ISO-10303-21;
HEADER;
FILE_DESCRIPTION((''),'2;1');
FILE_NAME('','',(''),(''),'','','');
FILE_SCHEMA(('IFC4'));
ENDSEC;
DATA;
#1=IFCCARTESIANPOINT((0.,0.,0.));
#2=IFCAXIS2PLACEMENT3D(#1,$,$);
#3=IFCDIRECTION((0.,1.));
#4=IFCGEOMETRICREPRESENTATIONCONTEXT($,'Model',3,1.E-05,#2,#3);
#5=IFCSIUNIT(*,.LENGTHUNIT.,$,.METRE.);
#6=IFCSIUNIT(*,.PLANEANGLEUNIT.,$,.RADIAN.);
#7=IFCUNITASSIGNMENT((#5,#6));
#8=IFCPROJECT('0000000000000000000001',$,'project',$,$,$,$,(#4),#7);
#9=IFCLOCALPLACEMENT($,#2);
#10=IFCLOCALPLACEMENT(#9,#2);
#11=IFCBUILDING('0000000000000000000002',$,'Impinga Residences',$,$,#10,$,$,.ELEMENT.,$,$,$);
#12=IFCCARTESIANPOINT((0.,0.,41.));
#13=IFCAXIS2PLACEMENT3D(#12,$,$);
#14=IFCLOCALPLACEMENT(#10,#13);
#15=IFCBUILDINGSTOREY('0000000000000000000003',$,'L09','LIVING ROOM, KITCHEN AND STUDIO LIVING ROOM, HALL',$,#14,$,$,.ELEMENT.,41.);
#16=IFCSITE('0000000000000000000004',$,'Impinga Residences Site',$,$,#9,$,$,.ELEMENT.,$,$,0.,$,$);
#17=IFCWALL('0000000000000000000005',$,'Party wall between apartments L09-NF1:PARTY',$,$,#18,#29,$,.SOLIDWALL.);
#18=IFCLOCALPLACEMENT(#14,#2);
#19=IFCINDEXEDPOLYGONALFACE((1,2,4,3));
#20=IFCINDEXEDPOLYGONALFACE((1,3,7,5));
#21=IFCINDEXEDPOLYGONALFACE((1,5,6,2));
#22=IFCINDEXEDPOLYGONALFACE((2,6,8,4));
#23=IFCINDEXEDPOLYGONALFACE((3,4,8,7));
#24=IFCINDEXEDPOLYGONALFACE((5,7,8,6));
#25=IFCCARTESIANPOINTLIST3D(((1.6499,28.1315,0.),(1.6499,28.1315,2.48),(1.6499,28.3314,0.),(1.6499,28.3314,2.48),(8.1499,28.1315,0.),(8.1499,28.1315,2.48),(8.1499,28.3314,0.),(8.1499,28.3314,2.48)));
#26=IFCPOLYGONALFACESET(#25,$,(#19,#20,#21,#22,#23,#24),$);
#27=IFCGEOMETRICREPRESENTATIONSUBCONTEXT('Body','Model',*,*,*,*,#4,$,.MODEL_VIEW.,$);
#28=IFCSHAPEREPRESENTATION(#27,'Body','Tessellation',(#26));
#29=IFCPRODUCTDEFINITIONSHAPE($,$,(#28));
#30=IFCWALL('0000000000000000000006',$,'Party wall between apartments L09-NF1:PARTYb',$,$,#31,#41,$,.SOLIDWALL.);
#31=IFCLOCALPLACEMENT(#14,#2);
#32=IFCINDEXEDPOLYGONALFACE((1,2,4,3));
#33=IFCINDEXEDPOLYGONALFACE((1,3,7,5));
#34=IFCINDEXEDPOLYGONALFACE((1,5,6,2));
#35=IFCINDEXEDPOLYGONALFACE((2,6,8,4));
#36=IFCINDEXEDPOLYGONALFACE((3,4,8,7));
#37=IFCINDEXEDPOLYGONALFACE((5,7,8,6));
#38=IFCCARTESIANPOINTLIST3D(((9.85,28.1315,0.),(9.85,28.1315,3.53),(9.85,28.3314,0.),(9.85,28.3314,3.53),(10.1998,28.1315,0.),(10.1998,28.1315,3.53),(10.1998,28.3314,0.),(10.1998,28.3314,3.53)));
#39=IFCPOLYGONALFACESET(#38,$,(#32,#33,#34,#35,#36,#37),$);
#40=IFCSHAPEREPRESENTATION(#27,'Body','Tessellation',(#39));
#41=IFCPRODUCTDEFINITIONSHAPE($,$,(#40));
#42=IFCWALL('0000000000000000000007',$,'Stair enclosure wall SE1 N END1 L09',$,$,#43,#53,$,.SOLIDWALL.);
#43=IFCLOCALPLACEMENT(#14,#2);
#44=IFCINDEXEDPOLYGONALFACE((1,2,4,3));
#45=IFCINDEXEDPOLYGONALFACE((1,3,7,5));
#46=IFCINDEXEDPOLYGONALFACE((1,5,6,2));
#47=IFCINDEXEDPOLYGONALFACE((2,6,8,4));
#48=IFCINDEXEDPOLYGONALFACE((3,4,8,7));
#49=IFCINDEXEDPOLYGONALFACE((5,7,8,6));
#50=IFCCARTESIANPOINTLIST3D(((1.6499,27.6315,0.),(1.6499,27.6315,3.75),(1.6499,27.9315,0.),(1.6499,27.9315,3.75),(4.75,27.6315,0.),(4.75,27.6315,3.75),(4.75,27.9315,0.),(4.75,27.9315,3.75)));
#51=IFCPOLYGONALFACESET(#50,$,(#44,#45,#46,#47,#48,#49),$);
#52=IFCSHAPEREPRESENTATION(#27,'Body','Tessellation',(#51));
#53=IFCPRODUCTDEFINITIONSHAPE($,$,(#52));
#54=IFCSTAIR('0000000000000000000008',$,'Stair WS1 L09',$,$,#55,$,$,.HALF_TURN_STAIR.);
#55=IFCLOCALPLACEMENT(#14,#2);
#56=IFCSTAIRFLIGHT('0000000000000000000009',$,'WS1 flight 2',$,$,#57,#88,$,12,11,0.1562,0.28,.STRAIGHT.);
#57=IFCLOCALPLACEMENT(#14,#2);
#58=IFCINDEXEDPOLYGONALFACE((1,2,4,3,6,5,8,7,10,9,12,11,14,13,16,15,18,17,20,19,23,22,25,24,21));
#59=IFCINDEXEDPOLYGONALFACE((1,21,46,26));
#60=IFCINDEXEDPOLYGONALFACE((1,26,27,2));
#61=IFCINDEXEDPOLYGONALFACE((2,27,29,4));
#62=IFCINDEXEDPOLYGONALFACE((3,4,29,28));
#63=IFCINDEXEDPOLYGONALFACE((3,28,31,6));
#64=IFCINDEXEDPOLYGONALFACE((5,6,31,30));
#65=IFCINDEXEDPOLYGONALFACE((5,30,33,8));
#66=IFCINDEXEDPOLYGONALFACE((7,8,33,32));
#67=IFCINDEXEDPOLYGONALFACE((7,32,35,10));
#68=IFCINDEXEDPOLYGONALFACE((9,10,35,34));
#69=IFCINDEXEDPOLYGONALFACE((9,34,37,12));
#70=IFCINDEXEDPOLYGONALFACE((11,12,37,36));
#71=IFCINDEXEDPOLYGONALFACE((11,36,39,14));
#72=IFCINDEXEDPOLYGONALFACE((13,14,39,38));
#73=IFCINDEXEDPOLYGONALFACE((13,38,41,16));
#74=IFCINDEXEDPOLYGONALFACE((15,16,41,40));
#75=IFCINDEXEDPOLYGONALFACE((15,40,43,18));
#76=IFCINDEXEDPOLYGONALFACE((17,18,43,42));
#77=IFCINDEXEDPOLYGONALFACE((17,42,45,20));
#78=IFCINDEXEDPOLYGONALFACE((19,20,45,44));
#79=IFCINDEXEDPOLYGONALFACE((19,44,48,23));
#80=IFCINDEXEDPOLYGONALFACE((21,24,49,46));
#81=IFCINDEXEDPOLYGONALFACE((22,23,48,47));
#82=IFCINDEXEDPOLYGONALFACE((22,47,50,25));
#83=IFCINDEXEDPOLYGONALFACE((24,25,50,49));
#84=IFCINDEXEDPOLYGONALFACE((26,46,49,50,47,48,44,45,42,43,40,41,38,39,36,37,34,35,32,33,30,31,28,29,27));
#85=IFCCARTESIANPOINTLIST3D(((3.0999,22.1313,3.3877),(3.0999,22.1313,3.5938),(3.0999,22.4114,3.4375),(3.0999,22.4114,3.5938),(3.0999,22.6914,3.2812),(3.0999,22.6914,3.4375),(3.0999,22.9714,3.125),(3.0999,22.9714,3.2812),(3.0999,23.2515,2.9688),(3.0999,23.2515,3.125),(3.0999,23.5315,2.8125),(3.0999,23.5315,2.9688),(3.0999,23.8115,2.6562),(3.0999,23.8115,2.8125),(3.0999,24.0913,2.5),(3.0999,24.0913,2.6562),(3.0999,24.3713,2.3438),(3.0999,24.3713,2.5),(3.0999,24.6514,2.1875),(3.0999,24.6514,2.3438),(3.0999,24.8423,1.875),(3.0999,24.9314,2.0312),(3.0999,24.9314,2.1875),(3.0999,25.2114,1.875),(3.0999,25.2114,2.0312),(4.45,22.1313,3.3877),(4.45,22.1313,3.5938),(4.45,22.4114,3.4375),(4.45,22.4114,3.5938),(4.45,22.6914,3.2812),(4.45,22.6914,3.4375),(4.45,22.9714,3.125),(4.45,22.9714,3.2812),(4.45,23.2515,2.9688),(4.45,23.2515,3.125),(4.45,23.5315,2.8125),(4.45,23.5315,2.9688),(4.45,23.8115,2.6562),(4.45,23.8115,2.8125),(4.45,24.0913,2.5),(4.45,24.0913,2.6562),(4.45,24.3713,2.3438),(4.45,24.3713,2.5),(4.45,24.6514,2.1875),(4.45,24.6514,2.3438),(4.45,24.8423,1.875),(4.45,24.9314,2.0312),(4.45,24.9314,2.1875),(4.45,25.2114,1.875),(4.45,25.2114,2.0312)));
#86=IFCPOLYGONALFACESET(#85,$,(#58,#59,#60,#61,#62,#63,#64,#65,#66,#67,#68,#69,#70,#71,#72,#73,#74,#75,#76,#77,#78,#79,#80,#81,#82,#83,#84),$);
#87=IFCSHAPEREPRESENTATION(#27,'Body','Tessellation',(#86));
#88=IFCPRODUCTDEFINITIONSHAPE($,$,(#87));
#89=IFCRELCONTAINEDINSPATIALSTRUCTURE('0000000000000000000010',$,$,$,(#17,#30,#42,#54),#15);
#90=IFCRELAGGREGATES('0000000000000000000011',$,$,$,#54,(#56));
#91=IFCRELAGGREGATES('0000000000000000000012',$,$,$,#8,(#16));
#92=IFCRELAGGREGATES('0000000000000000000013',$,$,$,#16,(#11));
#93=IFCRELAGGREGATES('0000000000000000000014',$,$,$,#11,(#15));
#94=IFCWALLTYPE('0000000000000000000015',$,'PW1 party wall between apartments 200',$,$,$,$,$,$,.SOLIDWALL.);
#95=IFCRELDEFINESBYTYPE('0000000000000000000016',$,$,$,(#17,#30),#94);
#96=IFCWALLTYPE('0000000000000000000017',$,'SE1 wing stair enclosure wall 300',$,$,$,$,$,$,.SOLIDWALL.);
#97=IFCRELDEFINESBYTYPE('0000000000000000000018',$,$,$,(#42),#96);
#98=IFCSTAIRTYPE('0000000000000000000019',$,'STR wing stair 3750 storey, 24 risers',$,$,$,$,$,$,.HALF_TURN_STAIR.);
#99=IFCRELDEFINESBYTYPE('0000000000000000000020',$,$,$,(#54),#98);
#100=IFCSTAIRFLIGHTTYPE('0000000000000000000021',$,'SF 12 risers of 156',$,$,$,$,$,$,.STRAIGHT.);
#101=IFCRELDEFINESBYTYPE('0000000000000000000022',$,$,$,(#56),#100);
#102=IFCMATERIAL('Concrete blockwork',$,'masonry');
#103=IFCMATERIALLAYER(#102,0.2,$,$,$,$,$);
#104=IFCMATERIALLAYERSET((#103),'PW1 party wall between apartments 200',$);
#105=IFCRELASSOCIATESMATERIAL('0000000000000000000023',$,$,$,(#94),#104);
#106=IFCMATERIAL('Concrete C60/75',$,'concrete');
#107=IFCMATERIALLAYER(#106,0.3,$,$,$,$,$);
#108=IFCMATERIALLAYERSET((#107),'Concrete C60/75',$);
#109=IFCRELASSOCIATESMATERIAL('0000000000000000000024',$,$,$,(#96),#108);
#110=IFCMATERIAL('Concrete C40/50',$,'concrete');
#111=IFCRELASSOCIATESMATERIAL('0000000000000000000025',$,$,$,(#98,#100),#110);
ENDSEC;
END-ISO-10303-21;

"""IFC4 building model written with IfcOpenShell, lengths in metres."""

from ifc_helpers import new_model, si_unit, direction, frame, frame_2d, origin, place, context, subcontext, project, spatial, polyline, rectangle, outline, extrude, material, layer, layer_set, type_object, element, aggregate, save


model = new_model("IFC4")

# Units and contexts
model_context = context("Model", 3, precision=1e-05, world=origin(), true_north=direction((0.0, 1.0)))
body_context = subcontext(model_context, "Body", "Model", "MODEL_VIEW")
ifc_project = project(units=[si_unit("LENGTHUNIT", "METRE"), si_unit("PLANEANGLEUNIT", "RADIAN")], contexts=[model_context])

# Site, building, storey
site_placement = place(None, origin())
site = spatial("IfcSite", under=ifc_project, at=site_placement, Name="Impinga Residences Site", CompositionType="ELEMENT", RefElevation=0.0)
building_placement = place(site_placement, origin())
building = spatial("IfcBuilding", under=site, at=building_placement, Name="Impinga Residences", CompositionType="ELEMENT")
storey_placement = place(building_placement, frame((0.0, 0.0, 41.0)))
storey = spatial("IfcBuildingStorey", under=building, at=storey_placement, Name="L09", Description="LIVING ROOM, KITCHEN AND STUDIO LIVING ROOM, HALL", CompositionType="ELEMENT", Elevation=41.0)

# Shared definitions
ifc_material_1 = material(Name="Concrete C60/75", Category="concrete")

# Walls
ifc_material_2 = material(Name="Concrete blockwork", Category="masonry")
ifc_layer_1 = layer(ifc_material_2, 0.2)
ifc_layer_set_1 = layer_set([ifc_layer_1], Name="PW1 party wall between apartments 200")
wall_type_1 = type_object("IfcWallType", Name="PW1 party wall between apartments 200", PredefinedType="SOLIDWALL", material=ifc_layer_set_1)
wall_1_placement = place(storey_placement, frame((1.6499, 28.2314, 0.0), z_axis=(0.0, 0.0, 1.0), x_axis=(1.0, 0.0, 0.0)))
element("IfcWall", 1, at=wall_1_placement, inside=storey, type_object=wall_type_1, Name="Party wall between apartments L09-NF1:PARTY", PredefinedType="SOLIDWALL", context=body_context, shape_type="SweptSolid", body=[
    extrude(rectangle(XDim=6.5, YDim=0.2, at=frame_2d((3.25, 0.0))), origin(), (0.0, 0.0, 1.0), 2.48),
])
wall_2_placement = place(storey_placement, frame((9.8501, 28.2314, 0.0), z_axis=(0.0, 0.0, 1.0), x_axis=(1.0, 0.0, 0.0)))
element("IfcWall", 2, at=wall_2_placement, inside=storey, type_object=wall_type_1, Name="Party wall between apartments L09-NF1:PARTYb", PredefinedType="SOLIDWALL", context=body_context, shape_type="SweptSolid", body=[
    extrude(rectangle(XDim=0.3499, YDim=0.2, at=frame_2d((0.1748, 0.0))), origin(), (0.0, 0.0, 1.0), 3.53),
])
ifc_layer_2 = layer(ifc_material_1, 0.3)
ifc_layer_set_2 = layer_set([ifc_layer_2], Name="Concrete C60/75")
wall_type_2 = type_object("IfcWallType", Name="SE1 wing stair enclosure wall 300", PredefinedType="SOLIDWALL", material=ifc_layer_set_2)
wall_3_placement = place(storey_placement, frame((1.6499, 27.7815, 0.0), z_axis=(0.0, 0.0, 1.0), x_axis=(1.0, 0.0, 0.0)))
element("IfcWall", 3, at=wall_3_placement, inside=storey, type_object=wall_type_2, Name="Stair enclosure wall SE1 N END1 L09", PredefinedType="SOLIDWALL", context=body_context, shape_type="SweptSolid", body=[
    extrude(rectangle(XDim=3.1001, YDim=0.3, at=frame_2d((1.55, 0.0))), origin(), (0.0, 0.0, 1.0), 3.75),
])

# Stair, stair flight
ifc_material_3 = material(Name="Concrete C40/50", Category="concrete")
stair_type = type_object("IfcStairType", Name="STR wing stair 3750 storey, 24 risers", PredefinedType="HALF_TURN_STAIR", material=ifc_material_3)
stair_placement = place(storey_placement, origin())
stair = element("IfcStair", 4, at=stair_placement, inside=storey, type_object=stair_type, Name="Stair WS1 L09", PredefinedType="HALF_TURN_STAIR")
stair_flight_type = type_object("IfcStairFlightType", Name="SF 12 risers of 156", PredefinedType="STRAIGHT", material=ifc_material_3)
stair_flight_placement = place(storey_placement, frame((3.7749, 25.2114, 1.875), z_axis=(0.0, 0.0, 1.0), x_axis=(0.0, -1.0, 0.0)))
stair_flight = element("IfcStairFlight", 5, at=stair_flight_placement, type_object=stair_flight_type, Name="WS1 flight 2", NumberOfRisers=12, NumberOfTreads=11, PredefinedType="STRAIGHT", RiserHeight=0.1562, TreadLength=0.28, context=body_context, shape_type="SweptSolid", body=[
    extrude(outline(polyline([(0.0, 0.0), (0.0, 0.1562), (0.28, 0.1562), (0.28, 0.3125), (0.5601, 0.3125), (0.5601, 0.4688), (0.8401, 0.4688), (0.8401, 0.625), (1.1201, 0.625), (1.1201, 0.7812), (1.3999, 0.7812), (1.3999, 0.9375), (1.6799, 0.9375), (1.6799, 1.0938), (1.96, 1.0938), (1.96, 1.25), (2.24, 1.25), (2.24, 1.4062), (2.52, 1.4062), (2.52, 1.5625), (2.8, 1.5625), (2.8, 1.7188), (3.0801, 1.7188), (3.0801, 1.875), (3.0801, 1.5127), (0.3691, 0.0), (0.0, 0.0)])), frame((0.0, 0.675, 0.0), z_axis=(0.0, -1.0, 0.0), x_axis=(1.0, 0.0, 0.0)), (0.0, 0.0, 1.0), 1.3501),
])
aggregate(stair, [stair_flight])

save(model, "model.ifc")
